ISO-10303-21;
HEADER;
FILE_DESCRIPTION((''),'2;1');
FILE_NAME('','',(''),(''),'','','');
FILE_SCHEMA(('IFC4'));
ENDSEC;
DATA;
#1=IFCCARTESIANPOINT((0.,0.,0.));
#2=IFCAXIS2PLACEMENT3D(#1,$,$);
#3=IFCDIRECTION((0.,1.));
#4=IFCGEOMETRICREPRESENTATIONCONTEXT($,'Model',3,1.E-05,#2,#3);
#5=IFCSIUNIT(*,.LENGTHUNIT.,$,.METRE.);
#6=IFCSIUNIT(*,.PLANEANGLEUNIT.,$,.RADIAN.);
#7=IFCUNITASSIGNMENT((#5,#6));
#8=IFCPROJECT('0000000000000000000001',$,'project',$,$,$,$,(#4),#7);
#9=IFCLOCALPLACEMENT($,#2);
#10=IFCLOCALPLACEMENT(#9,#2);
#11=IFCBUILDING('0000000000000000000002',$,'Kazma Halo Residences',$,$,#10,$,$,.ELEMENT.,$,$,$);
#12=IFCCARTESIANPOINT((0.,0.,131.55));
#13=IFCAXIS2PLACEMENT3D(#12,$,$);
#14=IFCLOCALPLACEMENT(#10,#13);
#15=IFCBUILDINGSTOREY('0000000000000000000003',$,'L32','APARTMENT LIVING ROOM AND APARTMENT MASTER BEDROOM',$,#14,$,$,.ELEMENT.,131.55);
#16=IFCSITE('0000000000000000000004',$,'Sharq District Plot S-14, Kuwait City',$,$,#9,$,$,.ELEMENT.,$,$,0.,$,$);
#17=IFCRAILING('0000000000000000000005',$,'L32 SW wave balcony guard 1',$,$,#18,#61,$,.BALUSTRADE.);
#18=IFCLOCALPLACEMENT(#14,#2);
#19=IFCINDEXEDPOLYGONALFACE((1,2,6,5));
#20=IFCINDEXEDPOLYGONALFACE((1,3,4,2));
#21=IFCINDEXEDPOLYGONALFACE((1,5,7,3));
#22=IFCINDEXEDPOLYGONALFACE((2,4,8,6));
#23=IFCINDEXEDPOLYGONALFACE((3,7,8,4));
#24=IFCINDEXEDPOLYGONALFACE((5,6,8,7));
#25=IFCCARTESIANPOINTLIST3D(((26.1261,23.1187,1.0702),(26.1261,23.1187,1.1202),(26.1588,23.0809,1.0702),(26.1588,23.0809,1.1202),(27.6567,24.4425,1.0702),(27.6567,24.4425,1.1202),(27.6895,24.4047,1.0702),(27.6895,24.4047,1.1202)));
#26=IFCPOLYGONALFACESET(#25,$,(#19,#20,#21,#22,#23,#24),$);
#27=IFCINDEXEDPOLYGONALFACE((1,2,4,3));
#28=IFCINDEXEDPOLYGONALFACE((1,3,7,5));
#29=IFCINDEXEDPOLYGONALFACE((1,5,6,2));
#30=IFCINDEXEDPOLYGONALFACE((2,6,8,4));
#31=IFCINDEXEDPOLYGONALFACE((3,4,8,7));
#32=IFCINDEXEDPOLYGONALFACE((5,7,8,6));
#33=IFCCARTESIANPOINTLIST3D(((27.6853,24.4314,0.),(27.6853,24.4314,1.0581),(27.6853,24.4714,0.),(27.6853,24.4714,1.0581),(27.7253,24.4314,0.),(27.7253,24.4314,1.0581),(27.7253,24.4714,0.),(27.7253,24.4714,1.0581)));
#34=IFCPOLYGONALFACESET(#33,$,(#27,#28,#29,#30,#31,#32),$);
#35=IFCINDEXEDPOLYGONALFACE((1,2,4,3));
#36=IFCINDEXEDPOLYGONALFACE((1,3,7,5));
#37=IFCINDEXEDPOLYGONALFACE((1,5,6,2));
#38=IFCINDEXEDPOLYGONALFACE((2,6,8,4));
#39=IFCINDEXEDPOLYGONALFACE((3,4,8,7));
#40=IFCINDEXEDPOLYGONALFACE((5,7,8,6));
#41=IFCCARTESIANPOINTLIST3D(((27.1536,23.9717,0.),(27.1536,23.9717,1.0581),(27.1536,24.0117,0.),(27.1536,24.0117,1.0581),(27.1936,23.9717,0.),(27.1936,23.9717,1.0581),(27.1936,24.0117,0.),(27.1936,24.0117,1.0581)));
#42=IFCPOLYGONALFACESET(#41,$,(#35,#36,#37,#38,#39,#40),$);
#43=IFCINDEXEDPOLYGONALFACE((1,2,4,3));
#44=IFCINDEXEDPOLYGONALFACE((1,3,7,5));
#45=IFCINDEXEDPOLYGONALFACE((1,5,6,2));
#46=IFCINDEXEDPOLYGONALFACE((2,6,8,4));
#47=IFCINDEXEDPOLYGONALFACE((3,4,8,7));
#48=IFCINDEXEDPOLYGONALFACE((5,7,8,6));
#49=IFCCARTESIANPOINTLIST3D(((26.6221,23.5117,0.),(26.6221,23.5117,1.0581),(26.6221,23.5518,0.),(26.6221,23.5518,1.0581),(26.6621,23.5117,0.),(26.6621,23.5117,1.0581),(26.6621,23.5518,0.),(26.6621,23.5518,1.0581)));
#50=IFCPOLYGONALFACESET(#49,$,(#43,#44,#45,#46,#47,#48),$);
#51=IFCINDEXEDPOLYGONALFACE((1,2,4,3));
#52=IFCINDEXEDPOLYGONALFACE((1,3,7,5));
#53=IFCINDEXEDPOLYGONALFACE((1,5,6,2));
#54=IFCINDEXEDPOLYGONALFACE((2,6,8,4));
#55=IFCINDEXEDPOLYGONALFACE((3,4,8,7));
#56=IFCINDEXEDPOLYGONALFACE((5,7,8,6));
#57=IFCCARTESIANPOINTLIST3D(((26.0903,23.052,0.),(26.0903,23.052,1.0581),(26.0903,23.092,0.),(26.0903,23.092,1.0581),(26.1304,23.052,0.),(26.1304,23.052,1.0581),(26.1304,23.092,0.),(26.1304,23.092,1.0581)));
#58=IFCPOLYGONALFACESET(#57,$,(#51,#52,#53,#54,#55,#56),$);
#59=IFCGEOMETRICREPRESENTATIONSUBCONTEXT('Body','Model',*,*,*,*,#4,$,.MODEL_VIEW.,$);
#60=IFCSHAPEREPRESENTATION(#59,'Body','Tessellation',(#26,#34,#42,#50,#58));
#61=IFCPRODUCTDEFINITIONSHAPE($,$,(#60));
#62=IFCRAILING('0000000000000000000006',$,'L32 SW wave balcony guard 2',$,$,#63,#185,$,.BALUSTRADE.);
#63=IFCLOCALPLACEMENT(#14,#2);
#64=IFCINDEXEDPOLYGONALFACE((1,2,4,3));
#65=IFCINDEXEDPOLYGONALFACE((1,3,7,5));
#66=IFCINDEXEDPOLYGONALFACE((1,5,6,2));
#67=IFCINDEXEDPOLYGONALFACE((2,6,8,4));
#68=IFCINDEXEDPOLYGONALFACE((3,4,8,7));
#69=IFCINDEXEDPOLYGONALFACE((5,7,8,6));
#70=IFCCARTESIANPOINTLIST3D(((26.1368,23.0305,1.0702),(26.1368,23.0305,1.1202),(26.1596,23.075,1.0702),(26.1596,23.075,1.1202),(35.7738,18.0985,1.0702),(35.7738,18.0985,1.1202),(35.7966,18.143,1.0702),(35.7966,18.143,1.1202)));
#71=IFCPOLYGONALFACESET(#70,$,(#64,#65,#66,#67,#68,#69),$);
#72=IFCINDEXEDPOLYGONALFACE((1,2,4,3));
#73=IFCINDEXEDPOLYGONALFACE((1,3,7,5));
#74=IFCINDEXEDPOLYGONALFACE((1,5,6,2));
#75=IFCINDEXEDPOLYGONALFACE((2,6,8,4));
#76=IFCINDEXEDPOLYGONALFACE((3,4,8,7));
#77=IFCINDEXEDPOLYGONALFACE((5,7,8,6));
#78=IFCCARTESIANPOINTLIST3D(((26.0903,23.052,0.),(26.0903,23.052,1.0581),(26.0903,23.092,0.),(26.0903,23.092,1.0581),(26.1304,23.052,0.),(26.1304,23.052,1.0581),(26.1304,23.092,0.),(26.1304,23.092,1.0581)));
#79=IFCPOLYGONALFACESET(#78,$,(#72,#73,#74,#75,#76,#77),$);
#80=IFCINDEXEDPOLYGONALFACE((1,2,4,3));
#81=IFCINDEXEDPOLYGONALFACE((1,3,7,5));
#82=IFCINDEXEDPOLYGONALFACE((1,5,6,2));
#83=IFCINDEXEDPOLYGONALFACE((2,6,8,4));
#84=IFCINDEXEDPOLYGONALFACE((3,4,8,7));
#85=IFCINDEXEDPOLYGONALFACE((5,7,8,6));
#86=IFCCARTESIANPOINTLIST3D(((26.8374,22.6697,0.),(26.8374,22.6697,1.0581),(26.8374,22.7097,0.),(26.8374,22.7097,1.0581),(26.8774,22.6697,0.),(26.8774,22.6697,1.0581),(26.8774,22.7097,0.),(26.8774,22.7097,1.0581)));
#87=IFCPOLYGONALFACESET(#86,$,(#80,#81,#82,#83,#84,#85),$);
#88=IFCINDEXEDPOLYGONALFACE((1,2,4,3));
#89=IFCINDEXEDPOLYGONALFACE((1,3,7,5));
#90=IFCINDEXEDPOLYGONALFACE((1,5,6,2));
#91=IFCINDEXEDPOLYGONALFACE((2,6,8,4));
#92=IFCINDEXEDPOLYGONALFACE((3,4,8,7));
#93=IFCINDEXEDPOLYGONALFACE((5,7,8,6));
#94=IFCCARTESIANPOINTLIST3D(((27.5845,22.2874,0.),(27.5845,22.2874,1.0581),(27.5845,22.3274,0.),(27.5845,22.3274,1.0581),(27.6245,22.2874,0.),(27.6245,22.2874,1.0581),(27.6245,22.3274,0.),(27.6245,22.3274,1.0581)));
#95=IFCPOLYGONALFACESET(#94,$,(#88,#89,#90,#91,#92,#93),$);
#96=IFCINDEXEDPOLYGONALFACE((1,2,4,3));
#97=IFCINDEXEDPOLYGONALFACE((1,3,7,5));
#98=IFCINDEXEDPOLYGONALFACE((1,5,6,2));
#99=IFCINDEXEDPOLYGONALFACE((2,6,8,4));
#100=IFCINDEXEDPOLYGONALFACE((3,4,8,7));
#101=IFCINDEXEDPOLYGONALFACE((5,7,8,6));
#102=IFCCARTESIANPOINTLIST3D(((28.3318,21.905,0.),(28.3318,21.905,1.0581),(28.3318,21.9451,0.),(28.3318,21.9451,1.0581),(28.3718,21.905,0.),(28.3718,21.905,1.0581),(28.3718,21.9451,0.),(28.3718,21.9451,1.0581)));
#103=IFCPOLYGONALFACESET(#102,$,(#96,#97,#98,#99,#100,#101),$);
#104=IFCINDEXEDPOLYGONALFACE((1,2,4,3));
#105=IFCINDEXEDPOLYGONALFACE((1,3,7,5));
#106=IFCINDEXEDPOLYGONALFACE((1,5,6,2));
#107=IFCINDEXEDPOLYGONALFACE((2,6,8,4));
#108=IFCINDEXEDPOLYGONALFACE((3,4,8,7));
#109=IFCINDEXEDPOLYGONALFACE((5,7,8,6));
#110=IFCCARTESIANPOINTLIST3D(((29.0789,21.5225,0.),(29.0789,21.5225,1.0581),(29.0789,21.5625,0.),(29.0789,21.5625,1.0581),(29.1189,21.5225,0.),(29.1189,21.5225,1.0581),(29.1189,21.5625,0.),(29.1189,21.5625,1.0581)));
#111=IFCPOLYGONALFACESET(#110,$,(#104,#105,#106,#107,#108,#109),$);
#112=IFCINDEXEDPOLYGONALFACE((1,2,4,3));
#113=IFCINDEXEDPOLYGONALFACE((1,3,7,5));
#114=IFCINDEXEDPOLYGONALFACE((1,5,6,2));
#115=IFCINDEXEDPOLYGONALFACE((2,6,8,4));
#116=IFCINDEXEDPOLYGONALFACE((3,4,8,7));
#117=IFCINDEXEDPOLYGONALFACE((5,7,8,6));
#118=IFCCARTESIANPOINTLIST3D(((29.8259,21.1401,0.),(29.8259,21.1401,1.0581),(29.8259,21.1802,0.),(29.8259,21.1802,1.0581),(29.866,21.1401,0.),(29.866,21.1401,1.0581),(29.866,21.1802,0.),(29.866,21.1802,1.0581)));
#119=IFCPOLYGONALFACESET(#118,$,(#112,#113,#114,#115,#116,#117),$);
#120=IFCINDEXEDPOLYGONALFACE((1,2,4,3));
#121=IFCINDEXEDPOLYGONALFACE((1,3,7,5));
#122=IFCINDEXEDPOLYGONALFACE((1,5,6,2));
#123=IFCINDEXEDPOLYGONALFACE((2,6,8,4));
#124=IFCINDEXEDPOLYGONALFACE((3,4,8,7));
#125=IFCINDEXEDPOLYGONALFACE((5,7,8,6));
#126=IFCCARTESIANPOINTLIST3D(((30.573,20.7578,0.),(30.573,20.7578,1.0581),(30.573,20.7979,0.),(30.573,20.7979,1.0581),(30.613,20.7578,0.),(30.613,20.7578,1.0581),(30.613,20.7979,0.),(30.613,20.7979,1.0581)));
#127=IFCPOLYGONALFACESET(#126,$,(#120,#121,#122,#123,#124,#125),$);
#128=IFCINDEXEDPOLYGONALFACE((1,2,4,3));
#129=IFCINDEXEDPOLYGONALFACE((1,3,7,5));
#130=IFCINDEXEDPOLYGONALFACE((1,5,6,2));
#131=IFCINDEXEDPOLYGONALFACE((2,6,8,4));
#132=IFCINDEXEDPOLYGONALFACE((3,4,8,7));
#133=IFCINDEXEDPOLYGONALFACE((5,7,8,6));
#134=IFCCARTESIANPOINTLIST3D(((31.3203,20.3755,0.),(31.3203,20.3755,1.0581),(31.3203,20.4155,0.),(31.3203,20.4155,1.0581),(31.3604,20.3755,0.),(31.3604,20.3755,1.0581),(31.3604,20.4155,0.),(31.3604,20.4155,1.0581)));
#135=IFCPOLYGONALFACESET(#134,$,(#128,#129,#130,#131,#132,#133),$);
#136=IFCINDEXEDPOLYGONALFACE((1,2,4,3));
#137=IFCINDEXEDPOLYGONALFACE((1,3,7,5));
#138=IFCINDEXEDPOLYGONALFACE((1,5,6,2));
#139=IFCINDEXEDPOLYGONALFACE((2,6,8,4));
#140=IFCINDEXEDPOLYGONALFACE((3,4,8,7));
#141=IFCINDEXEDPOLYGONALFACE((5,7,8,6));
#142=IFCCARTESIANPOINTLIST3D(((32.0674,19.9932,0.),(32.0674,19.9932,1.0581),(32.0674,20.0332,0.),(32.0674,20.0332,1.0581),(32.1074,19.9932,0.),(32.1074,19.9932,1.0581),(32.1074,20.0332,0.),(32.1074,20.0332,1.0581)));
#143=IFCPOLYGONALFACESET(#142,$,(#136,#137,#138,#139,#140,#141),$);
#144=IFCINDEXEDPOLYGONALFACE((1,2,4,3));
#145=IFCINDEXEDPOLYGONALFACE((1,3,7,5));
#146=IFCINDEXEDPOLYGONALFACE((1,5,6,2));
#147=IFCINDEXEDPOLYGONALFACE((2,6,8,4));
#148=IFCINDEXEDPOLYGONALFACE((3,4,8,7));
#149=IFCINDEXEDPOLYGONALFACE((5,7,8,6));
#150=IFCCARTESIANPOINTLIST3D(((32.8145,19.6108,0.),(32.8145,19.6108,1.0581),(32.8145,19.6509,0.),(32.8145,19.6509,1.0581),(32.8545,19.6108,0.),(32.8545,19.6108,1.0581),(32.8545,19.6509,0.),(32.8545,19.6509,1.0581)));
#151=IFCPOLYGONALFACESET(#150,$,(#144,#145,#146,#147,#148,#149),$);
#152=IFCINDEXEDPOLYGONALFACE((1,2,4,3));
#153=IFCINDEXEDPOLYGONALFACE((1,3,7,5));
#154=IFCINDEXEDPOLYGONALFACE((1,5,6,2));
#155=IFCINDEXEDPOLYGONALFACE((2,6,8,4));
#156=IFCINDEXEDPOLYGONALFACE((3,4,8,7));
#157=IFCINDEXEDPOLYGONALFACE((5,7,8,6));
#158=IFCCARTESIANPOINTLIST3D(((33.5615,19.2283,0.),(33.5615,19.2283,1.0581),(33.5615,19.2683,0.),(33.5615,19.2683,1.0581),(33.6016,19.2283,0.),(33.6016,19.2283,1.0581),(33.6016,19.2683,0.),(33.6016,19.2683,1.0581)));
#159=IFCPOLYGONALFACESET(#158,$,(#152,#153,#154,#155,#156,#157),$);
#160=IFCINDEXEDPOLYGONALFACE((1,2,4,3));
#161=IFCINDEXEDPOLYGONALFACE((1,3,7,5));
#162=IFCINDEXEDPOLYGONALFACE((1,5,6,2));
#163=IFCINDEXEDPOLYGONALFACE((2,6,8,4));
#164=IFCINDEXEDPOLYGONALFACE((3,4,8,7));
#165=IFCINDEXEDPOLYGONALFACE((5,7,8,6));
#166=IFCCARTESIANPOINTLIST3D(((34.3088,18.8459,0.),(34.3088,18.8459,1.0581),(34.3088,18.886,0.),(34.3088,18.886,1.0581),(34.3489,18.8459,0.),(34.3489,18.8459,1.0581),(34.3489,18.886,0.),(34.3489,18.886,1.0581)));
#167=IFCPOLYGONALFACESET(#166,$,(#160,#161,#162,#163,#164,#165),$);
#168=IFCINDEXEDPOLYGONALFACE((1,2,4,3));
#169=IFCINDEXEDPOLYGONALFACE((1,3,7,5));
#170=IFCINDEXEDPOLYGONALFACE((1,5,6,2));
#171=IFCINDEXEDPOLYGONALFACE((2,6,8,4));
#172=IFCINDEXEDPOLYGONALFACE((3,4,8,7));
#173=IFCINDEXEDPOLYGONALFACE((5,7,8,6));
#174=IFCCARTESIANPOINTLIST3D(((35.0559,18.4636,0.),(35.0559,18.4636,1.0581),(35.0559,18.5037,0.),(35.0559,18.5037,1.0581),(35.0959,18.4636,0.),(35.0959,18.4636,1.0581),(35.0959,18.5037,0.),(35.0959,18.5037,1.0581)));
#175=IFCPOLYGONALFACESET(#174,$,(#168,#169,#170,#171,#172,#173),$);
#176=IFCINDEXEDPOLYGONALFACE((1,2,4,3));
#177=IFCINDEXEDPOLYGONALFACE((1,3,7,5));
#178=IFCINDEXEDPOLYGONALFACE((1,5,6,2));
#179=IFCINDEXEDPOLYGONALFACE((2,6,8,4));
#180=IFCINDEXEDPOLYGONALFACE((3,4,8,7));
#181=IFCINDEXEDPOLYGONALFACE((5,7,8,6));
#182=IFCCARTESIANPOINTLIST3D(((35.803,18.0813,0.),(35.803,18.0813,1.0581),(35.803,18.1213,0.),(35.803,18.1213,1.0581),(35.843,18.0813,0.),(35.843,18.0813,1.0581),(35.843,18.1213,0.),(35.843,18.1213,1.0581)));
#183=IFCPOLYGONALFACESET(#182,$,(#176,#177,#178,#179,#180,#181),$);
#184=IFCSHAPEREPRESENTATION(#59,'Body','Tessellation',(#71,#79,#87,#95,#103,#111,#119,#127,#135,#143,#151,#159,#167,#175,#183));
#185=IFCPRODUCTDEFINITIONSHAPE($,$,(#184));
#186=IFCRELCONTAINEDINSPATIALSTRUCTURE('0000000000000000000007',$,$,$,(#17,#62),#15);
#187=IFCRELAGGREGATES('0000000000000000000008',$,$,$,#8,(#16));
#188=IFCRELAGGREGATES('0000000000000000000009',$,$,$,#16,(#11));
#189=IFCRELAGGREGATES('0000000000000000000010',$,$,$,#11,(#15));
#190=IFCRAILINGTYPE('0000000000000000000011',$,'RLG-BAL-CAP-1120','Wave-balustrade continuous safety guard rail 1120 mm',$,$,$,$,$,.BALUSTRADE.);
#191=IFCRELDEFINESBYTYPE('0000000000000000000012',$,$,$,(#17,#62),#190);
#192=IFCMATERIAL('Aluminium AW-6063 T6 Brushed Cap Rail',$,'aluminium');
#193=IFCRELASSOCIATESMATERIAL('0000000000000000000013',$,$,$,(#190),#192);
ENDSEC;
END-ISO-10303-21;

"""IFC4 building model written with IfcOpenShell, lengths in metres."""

from ifc_helpers import new_model, si_unit, direction, frame, origin, origin_2d, place, context, subcontext, project, spatial, rectangle, extrude, material, type_object, element, save


model = new_model("IFC4")

# Units and contexts
model_context = context("Model", 3, precision=1e-05, world=origin(), true_north=direction((0.0, 1.0)))
body_context = subcontext(model_context, "Body", "Model", "MODEL_VIEW")
ifc_project = project(units=[si_unit("LENGTHUNIT", "METRE"), si_unit("PLANEANGLEUNIT", "RADIAN")], contexts=[model_context])

# Site, building, storey
site_placement = place(None, origin())
site = spatial("IfcSite", under=ifc_project, at=site_placement, Name="Sharq District Plot S-14, Kuwait City", CompositionType="ELEMENT", RefElevation=0.0)
building_placement = place(site_placement, origin())
building = spatial("IfcBuilding", under=site, at=building_placement, Name="Kazma Halo Residences", CompositionType="ELEMENT")
storey_placement = place(building_placement, frame((0.0, 0.0, 131.55)))
storey = spatial("IfcBuildingStorey", under=building, at=storey_placement, Name="L32", Description="APARTMENT LIVING ROOM AND APARTMENT MASTER BEDROOM", CompositionType="ELEMENT", Elevation=131.55)

# Railings
ifc_material_1 = material(Name="Aluminium AW-6063 T6 Brushed Cap Rail", Category="aluminium")
railing_type = type_object("IfcRailingType", Name="RLG-BAL-CAP-1120", Description="Wave-balustrade continuous safety guard rail 1120 mm", PredefinedType="BALUSTRADE", material=ifc_material_1)
railing_1_placement = place(storey_placement, frame((27.7053, 24.4514, 0.0)))
element("IfcRailing", 1, at=railing_1_placement, inside=storey, type_object=railing_type, Name="L32 SW wave balcony guard 1", PredefinedType="BALUSTRADE", context=body_context, shape_type="SweptSolid", body=[
    extrude(rectangle(XDim=0.05, YDim=0.05, at=origin_2d()), frame((-0.0322, -0.0278, 1.0952), z_axis=(-0.756372, -0.654141, 0.0), x_axis=(0.654141, -0.756372, 0.0)), (0.0, 0.0, 1.0), 2.0237),
    extrude(rectangle(XDim=0.04, YDim=0.04, at=origin_2d()), origin(), (0.0, 0.0, 1.0), 1.0581),
    extrude(rectangle(XDim=0.04, YDim=0.04, at=origin_2d()), frame((-0.5317, -0.4597, 0.0)), (0.0, 0.0, 1.0), 1.0581),
    extrude(rectangle(XDim=0.04, YDim=0.04, at=origin_2d()), frame((-1.0632, -0.9197, 0.0)), (0.0, 0.0, 1.0), 1.0581),
    extrude(rectangle(XDim=0.04, YDim=0.04, at=origin_2d()), frame((-1.595, -1.3794, 0.0)), (0.0, 0.0, 1.0), 1.0581),
])
railing_2_placement = place(storey_placement, frame((26.1104, 23.072, 0.0)))
element("IfcRailing", 2, at=railing_2_placement, inside=storey, type_object=railing_type, Name="L32 SW wave balcony guard 2", PredefinedType="BALUSTRADE", context=body_context, shape_type="SweptSolid", body=[
    extrude(rectangle(XDim=0.05, YDim=0.05, at=origin_2d()), frame((0.0378, -0.0193, 1.0952), z_axis=(0.890195, -0.455581, 0.0), x_axis=(0.455581, 0.890195, 0.0)), (0.0, 0.0, 1.0), 10.8257),
    extrude(rectangle(XDim=0.04, YDim=0.04, at=origin_2d()), origin(), (0.0, 0.0, 1.0), 1.0581),
    extrude(rectangle(XDim=0.04, YDim=0.04, at=origin_2d()), frame((0.7471, -0.3823, 0.0)), (0.0, 0.0, 1.0), 1.0581),
    extrude(rectangle(XDim=0.04, YDim=0.04, at=origin_2d()), frame((1.4941, -0.7646, 0.0)), (0.0, 0.0, 1.0), 1.0581),
    extrude(rectangle(XDim=0.04, YDim=0.04, at=origin_2d()), frame((2.2415, -1.147, 0.0)), (0.0, 0.0, 1.0), 1.0581),
    extrude(rectangle(XDim=0.04, YDim=0.04, at=origin_2d()), frame((2.9885, -1.5295, 0.0)), (0.0, 0.0, 1.0), 1.0581),
    extrude(rectangle(XDim=0.04, YDim=0.04, at=origin_2d()), frame((3.7356, -1.9119, 0.0)), (0.0, 0.0, 1.0), 1.0581),
    extrude(rectangle(XDim=0.04, YDim=0.04, at=origin_2d()), frame((4.4827, -2.2942, 0.0)), (0.0, 0.0, 1.0), 1.0581),
    extrude(rectangle(XDim=0.04, YDim=0.04, at=origin_2d()), frame((5.23, -2.6765, 0.0)), (0.0, 0.0, 1.0), 1.0581),
    extrude(rectangle(XDim=0.04, YDim=0.04, at=origin_2d()), frame((5.9771, -3.0588, 0.0)), (0.0, 0.0, 1.0), 1.0581),
    extrude(rectangle(XDim=0.04, YDim=0.04, at=origin_2d()), frame((6.7241, -3.4412, 0.0)), (0.0, 0.0, 1.0), 1.0581),
    extrude(rectangle(XDim=0.04, YDim=0.04, at=origin_2d()), frame((7.4712, -3.8237, 0.0)), (0.0, 0.0, 1.0), 1.0581),
    extrude(rectangle(XDim=0.04, YDim=0.04, at=origin_2d()), frame((8.2185, -4.2061, 0.0)), (0.0, 0.0, 1.0), 1.0581),
    extrude(rectangle(XDim=0.04, YDim=0.04, at=origin_2d()), frame((8.9656, -4.5884, 0.0)), (0.0, 0.0, 1.0), 1.0581),
    extrude(rectangle(XDim=0.04, YDim=0.04, at=origin_2d()), frame((9.7126, -4.9707, 0.0)), (0.0, 0.0, 1.0), 1.0581),
])

save(model, "model.ifc")
